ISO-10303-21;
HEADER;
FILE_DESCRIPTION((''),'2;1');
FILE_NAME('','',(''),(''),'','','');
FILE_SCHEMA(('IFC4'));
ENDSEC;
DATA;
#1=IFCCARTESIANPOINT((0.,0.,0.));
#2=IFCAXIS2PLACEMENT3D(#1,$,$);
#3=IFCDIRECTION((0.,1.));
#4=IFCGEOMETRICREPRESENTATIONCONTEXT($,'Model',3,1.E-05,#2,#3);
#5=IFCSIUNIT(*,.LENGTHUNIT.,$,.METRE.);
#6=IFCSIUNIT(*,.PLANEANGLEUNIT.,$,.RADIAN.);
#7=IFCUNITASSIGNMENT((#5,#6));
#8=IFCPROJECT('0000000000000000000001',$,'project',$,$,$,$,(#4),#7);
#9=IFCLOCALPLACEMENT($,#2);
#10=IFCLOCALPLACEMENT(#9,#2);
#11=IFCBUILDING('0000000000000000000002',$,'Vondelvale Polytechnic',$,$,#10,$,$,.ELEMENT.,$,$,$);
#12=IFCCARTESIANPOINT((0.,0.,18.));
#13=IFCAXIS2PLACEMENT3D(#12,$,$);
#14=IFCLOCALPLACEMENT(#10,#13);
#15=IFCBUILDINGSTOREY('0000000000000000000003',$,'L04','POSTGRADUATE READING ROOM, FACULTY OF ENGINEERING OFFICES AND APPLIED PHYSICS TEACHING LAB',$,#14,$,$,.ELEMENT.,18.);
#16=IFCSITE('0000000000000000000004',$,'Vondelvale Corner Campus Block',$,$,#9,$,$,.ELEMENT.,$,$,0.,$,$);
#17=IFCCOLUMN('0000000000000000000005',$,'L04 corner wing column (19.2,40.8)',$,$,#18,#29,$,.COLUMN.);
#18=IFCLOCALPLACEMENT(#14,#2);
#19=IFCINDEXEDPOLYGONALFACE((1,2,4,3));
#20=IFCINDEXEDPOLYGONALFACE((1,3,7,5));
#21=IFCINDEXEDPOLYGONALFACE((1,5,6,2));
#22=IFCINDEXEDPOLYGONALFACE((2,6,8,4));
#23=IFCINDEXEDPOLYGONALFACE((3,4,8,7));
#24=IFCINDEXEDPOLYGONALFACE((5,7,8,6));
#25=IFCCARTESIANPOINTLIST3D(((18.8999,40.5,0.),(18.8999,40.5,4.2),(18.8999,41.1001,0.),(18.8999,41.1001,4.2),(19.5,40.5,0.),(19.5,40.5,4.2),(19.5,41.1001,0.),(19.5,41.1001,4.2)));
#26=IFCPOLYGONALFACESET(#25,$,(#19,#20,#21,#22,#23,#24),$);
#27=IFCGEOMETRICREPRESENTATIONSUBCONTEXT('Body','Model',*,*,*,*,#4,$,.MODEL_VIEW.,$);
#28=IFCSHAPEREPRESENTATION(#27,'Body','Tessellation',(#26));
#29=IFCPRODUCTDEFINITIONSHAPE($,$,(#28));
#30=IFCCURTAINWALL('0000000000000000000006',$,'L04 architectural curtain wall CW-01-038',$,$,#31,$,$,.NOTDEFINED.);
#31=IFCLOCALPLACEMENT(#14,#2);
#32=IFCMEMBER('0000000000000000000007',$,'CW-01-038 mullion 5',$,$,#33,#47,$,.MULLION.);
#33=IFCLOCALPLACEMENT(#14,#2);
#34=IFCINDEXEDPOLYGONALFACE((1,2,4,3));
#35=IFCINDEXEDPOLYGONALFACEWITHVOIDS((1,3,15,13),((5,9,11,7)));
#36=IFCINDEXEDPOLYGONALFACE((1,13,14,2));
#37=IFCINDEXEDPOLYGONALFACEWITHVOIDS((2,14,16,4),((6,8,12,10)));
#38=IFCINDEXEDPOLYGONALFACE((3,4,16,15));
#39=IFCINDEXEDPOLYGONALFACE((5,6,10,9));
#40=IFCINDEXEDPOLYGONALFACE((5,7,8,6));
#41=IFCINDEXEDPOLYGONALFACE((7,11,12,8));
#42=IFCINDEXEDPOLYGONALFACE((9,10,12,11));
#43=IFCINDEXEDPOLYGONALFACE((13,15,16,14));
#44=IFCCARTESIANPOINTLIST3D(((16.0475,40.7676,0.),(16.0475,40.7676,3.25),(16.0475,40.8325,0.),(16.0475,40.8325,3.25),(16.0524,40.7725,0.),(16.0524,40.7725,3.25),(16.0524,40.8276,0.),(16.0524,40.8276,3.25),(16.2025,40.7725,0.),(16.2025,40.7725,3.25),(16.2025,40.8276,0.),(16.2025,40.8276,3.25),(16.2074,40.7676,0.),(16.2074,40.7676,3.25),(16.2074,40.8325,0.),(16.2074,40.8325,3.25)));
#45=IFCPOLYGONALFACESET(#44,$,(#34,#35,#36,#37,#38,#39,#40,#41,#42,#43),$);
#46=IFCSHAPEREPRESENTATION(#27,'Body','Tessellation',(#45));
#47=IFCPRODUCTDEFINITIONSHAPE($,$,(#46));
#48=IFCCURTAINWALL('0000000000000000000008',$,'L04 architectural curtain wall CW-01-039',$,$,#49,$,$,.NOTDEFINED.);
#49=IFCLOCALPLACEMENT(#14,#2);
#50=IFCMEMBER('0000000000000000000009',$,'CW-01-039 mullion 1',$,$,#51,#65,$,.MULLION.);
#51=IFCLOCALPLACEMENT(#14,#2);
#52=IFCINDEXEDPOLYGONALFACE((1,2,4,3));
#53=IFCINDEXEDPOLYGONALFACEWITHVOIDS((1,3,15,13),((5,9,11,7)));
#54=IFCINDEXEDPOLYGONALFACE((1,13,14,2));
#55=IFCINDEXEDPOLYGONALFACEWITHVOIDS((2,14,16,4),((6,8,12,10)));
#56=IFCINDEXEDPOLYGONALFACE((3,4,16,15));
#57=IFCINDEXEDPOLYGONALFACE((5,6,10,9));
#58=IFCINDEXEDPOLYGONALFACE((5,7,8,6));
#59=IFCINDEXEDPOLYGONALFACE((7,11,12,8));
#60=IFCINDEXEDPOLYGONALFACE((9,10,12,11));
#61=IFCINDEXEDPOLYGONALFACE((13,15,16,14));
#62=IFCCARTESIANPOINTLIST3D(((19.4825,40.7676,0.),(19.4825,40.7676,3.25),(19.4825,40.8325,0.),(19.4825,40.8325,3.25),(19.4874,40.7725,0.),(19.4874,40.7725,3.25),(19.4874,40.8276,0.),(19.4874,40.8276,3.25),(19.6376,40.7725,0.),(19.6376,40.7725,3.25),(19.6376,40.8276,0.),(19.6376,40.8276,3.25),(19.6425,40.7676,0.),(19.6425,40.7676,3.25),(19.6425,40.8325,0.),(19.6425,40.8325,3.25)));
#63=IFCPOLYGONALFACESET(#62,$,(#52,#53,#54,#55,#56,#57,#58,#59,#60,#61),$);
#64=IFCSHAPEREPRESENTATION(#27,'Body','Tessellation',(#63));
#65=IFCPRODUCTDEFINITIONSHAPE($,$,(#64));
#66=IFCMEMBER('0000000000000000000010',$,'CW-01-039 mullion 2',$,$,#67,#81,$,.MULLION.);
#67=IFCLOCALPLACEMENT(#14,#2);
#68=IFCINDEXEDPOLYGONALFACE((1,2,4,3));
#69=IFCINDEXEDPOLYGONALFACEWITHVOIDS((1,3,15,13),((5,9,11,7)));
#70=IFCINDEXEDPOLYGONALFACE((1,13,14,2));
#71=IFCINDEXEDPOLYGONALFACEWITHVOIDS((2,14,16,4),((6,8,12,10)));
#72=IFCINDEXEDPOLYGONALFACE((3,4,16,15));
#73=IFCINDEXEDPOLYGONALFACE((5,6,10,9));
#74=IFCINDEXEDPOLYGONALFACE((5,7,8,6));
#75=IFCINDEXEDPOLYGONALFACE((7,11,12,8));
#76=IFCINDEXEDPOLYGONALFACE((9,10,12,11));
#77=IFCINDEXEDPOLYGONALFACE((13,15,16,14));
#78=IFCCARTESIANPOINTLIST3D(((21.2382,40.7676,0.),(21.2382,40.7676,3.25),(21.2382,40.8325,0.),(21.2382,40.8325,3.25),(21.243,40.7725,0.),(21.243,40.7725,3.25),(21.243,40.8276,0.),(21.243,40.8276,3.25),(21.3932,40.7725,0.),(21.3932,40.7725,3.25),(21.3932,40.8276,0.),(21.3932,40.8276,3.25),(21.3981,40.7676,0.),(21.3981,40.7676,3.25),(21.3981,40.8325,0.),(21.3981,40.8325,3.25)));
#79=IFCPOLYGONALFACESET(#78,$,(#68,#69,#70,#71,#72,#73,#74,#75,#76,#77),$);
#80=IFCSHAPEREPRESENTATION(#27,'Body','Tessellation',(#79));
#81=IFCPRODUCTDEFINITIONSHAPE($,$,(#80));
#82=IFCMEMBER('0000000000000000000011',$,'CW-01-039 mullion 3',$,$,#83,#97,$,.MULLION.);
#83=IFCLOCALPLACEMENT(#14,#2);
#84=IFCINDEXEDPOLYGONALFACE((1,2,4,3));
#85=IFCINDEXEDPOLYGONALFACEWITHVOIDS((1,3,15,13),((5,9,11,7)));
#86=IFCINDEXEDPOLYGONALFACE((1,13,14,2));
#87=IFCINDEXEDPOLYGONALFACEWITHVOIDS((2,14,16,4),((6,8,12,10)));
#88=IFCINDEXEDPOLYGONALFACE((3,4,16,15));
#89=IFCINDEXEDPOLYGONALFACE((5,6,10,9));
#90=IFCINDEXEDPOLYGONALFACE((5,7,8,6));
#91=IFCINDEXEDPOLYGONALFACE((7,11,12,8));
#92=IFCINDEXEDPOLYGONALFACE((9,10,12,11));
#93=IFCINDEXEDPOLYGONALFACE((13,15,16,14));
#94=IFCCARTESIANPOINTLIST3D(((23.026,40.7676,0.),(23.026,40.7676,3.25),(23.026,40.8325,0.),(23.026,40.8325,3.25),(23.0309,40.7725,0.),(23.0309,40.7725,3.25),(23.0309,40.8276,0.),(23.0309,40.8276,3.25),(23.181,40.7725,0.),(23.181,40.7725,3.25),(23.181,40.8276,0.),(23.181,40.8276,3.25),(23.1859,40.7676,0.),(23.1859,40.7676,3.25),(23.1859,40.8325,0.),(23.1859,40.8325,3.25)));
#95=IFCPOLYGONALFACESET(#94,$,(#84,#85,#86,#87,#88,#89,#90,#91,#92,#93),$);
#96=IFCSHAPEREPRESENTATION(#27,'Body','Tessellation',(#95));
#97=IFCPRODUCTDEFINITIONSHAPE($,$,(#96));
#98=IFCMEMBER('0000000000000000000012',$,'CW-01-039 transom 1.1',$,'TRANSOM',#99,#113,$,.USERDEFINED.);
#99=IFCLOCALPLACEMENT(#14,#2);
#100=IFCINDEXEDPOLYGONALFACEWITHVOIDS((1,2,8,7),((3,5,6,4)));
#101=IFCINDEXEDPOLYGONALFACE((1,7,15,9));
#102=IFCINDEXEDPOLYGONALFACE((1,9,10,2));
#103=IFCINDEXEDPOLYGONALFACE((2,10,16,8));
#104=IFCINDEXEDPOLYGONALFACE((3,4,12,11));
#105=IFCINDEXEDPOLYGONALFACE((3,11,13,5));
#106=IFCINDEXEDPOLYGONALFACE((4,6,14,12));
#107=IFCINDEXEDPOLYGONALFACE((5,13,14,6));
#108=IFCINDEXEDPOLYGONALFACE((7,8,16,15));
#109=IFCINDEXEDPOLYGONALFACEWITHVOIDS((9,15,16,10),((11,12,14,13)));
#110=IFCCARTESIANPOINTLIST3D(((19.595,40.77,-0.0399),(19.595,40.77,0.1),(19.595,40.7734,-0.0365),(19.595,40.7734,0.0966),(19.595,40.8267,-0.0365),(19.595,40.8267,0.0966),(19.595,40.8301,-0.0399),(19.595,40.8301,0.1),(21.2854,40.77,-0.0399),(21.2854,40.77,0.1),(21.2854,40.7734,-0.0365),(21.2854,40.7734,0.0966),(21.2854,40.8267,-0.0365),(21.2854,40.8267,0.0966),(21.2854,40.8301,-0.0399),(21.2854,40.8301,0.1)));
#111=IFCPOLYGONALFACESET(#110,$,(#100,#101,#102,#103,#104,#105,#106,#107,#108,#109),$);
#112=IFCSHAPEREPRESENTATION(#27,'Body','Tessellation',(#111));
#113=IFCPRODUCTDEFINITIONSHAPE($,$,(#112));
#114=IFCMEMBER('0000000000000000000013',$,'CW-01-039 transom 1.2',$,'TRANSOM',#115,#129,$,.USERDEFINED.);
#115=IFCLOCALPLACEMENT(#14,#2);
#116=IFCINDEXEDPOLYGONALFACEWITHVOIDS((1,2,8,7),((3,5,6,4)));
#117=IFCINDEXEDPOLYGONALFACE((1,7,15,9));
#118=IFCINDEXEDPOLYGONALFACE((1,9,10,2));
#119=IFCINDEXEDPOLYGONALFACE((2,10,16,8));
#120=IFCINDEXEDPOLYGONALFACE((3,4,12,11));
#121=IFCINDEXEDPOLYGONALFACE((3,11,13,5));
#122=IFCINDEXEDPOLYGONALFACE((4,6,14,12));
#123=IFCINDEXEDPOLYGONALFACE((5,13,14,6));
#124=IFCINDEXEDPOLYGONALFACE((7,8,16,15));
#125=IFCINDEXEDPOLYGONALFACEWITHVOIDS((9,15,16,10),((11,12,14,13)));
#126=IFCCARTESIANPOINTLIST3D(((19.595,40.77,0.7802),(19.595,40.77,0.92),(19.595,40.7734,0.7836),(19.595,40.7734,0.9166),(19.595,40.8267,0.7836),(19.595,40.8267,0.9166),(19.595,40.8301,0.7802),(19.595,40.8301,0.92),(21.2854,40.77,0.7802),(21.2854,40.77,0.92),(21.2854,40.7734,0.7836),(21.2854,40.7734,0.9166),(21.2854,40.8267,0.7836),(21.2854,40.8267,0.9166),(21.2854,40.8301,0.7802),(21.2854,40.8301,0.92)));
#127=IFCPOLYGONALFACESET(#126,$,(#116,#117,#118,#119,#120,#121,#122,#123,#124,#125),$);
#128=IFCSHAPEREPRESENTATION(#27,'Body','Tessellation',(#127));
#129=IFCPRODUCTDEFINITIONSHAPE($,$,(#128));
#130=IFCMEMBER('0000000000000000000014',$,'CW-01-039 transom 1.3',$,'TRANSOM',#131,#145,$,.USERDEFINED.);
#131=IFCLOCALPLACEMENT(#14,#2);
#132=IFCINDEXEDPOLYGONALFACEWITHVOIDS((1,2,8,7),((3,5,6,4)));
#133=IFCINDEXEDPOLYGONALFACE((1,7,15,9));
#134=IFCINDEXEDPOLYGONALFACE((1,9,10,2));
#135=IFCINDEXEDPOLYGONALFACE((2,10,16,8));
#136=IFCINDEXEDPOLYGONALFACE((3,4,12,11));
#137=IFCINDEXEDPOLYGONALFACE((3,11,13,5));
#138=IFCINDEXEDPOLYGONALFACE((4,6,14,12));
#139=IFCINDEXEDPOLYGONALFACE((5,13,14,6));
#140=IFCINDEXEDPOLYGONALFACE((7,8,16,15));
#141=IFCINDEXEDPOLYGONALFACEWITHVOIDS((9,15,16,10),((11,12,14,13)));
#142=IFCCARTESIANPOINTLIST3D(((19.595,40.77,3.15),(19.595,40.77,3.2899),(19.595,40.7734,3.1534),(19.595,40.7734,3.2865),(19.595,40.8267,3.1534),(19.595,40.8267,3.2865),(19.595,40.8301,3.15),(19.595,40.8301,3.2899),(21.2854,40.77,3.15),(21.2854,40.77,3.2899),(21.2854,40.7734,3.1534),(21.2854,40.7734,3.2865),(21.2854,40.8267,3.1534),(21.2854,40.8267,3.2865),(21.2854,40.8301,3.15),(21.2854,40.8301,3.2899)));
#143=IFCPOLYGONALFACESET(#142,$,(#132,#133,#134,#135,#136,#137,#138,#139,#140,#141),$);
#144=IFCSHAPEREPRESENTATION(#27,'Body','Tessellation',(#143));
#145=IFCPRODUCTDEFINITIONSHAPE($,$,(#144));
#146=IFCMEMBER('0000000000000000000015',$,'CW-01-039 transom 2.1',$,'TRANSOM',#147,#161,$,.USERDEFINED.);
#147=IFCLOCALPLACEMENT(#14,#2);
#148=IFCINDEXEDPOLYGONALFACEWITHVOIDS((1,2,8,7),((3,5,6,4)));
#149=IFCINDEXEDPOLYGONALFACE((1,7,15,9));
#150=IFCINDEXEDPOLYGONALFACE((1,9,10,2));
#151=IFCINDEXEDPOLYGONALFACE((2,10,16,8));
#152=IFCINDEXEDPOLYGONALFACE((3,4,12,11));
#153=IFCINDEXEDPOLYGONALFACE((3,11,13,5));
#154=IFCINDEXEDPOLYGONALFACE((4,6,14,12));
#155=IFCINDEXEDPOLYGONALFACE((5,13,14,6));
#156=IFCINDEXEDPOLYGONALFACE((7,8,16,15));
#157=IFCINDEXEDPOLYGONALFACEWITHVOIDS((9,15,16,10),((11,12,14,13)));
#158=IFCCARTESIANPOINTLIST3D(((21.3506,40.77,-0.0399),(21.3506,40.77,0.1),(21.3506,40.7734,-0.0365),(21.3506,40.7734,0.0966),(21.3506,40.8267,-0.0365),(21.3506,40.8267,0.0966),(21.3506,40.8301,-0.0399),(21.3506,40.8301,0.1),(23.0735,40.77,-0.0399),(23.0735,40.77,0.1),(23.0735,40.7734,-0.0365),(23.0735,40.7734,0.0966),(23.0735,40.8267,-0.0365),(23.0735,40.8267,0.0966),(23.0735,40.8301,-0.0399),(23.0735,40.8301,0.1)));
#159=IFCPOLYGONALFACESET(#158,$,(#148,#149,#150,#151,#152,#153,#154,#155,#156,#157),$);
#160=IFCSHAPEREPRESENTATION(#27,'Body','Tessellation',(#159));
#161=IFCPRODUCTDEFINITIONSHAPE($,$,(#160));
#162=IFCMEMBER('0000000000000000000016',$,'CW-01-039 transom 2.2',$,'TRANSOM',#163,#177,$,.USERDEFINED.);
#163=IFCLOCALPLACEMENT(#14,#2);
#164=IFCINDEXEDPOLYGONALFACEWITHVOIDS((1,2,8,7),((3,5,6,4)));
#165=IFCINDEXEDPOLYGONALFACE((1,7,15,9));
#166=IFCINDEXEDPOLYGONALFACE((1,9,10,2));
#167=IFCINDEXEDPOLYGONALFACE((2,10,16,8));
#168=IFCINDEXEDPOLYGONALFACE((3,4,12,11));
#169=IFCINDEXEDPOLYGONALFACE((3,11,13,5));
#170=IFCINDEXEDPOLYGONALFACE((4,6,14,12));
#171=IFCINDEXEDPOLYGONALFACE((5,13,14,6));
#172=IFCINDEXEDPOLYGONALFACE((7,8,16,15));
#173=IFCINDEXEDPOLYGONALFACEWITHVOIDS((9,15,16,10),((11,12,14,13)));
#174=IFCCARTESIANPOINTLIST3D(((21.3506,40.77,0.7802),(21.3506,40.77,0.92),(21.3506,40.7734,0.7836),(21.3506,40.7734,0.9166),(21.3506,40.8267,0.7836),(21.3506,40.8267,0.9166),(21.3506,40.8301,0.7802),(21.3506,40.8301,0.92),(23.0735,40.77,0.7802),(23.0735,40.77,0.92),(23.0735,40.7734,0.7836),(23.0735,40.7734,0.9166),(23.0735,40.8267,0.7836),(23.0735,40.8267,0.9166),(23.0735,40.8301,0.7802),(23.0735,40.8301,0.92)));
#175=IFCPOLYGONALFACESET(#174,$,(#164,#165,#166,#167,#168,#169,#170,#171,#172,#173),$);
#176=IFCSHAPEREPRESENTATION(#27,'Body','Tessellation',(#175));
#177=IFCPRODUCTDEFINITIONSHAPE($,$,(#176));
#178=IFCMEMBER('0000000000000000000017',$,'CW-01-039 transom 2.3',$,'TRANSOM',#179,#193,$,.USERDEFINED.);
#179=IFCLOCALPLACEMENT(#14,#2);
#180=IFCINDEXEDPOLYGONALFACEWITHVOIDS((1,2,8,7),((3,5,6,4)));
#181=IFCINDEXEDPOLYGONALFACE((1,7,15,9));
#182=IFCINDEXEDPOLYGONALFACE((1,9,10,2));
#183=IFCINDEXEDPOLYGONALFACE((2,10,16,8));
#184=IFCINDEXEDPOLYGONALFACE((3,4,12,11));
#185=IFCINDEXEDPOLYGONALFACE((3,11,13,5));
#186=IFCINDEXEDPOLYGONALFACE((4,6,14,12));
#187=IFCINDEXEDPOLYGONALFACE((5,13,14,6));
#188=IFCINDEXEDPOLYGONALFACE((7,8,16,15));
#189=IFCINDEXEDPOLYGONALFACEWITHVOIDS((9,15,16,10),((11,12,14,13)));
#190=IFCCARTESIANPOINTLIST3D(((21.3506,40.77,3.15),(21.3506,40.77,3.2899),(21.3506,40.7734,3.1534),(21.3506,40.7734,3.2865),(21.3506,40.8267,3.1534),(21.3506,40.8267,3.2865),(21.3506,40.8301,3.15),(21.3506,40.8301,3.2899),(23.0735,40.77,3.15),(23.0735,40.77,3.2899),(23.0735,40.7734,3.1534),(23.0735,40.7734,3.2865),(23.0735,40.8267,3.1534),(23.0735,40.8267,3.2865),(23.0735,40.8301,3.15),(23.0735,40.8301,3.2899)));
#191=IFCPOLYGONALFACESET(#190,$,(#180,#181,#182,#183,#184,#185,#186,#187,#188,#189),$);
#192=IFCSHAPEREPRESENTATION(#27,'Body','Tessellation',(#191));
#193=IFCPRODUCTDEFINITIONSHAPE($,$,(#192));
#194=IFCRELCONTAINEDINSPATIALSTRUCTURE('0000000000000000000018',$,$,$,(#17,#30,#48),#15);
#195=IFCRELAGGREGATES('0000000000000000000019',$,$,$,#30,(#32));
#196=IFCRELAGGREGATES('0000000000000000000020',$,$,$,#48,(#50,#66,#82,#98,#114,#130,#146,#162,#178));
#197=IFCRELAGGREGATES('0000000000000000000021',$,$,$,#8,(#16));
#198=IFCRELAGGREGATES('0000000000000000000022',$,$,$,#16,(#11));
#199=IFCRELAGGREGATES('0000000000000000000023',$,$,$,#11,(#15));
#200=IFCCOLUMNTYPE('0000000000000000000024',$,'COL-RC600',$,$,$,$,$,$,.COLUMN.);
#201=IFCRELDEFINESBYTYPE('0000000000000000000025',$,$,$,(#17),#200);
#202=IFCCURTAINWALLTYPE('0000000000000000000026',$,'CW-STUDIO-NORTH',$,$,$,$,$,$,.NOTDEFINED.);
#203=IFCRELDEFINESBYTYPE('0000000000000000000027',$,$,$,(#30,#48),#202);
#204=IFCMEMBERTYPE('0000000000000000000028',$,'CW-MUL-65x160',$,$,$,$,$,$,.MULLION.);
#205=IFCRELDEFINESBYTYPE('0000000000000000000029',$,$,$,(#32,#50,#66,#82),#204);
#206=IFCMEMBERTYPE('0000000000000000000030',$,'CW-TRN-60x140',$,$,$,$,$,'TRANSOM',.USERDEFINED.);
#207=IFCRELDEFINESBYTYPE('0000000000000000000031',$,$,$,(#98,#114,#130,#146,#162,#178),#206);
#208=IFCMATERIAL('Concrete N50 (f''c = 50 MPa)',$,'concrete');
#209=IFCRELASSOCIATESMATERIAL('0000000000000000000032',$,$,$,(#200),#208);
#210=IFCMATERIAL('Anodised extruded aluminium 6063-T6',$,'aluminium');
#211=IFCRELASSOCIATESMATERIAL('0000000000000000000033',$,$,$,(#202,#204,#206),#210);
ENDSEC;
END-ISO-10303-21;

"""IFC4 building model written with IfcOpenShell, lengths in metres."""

from ifc_helpers import new_model, si_unit, direction, frame, origin, origin_2d, place, context, subcontext, project, spatial, rectangle, hollow_rectangle, extrude, material, material_profile, profile_set, type_object, element, aggregate, save


model = new_model("IFC4")

# Units and contexts
model_context = context("Model", 3, precision=1e-05, world=origin(), true_north=direction((0.0, 1.0)))
body_context = subcontext(model_context, "Body", "Model", "MODEL_VIEW")
ifc_project = project(units=[si_unit("LENGTHUNIT", "METRE"), si_unit("PLANEANGLEUNIT", "RADIAN")], contexts=[model_context])

# Site, building, storey
site_placement = place(None, origin())
site = spatial("IfcSite", under=ifc_project, at=site_placement, Name="Vondelvale Corner Campus Block", CompositionType="ELEMENT", RefElevation=0.0)
building_placement = place(site_placement, origin())
building = spatial("IfcBuilding", under=site, at=building_placement, Name="Vondelvale Polytechnic", CompositionType="ELEMENT")
storey_placement = place(building_placement, frame((0.0, 0.0, 18.0)))
storey = spatial("IfcBuildingStorey", under=building, at=storey_placement, Name="L04", Description="POSTGRADUATE READING ROOM, FACULTY OF ENGINEERING OFFICES AND APPLIED PHYSICS TEACHING LAB", CompositionType="ELEMENT", Elevation=18.0)

# Column
ifc_material_1 = material(Name="Concrete N50 (f'c = 50 MPa)", Category="concrete")
ifc_material_profile_1 = material_profile(ifc_material_1, rectangle(XDim=0.6001, YDim=0.6001, at=origin_2d()), Name="RC-COL-600x600")
ifc_profile_set_1 = profile_set([ifc_material_profile_1], Name="Concrete N50 (f'c = 50 MPa)")
column_type = type_object("IfcColumnType", Name="COL-RC600", PredefinedType="COLUMN", material=ifc_profile_set_1)
column_placement = place(storey_placement, frame((19.2, 40.8, 0.0), z_axis=(0.0, 0.0, 1.0), x_axis=(1.0, 0.0, 0.0)))
element("IfcColumn", 1, at=column_placement, inside=storey, type_object=column_type, Name="L04 corner wing column (19.2,40.8)", PredefinedType="COLUMN", context=body_context, shape_type="SweptSolid", body=[
    extrude(rectangle(XDim=0.6001, YDim=0.6001, at=origin_2d()), origin(), (0.0, 0.0, 1.0), 4.2),
])

# Curtain wall, member
ifc_material_2 = material(Name="Anodised extruded aluminium 6063-T6", Category="aluminium")
curtain_wall_type = type_object("IfcCurtainWallType", Name="CW-STUDIO-NORTH", PredefinedType="NOTDEFINED", material=ifc_material_2)
curtain_wall_1_placement = place(storey_placement, origin())
curtain_wall_1 = element("IfcCurtainWall", 2, at=curtain_wall_1_placement, inside=storey, type_object=curtain_wall_type, Name="L04 architectural curtain wall CW-01-038", PredefinedType="NOTDEFINED")
ifc_material_profile_2 = material_profile(ifc_material_2, hollow_rectangle(XDim=0.0649, YDim=0.1599, WallThickness=0.0049, at=origin_2d()), Name="CW-MUL-160x65")
ifc_profile_set_2 = profile_set([ifc_material_profile_2], Name="Anodised extruded aluminium 6063-T6")
member_type_1 = type_object("IfcMemberType", Name="CW-MUL-65x160", PredefinedType="MULLION", material=ifc_profile_set_2)
member_1_placement = place(storey_placement, frame((16.1274, 40.8, 0.0), z_axis=(0.0, 0.0, 1.0), x_axis=(0.0, 1.0, 0.0)))
member_1 = element("IfcMember", 3, at=member_1_placement, type_object=member_type_1, Name="CW-01-038 mullion 5", PredefinedType="MULLION", context=body_context, shape_type="SweptSolid", body=[
    extrude(hollow_rectangle(XDim=0.0649, YDim=0.1599, WallThickness=0.0049, at=origin_2d()), origin(), (0.0, 0.0, 1.0), 3.25),
])

# Curtain wall, members
curtain_wall_2_placement = place(storey_placement, origin())
curtain_wall_2 = element("IfcCurtainWall", 4, at=curtain_wall_2_placement, inside=storey, type_object=curtain_wall_type, Name="L04 architectural curtain wall CW-01-039", PredefinedType="NOTDEFINED")
member_2_placement = place(storey_placement, frame((19.5625, 40.8, 0.0), z_axis=(0.0, 0.0, 1.0), x_axis=(0.0, 1.0, 0.0)))
member_2 = element("IfcMember", 5, at=member_2_placement, type_object=member_type_1, Name="CW-01-039 mullion 1", PredefinedType="MULLION", context=body_context, shape_type="SweptSolid", body=[
    extrude(hollow_rectangle(XDim=0.0649, YDim=0.1599, WallThickness=0.0049, at=origin_2d()), origin(), (0.0, 0.0, 1.0), 3.25),
])
member_3_placement = place(storey_placement, frame((21.3181, 40.8, 0.0), z_axis=(0.0, 0.0, 1.0), x_axis=(0.0, 1.0, 0.0)))
member_3 = element("IfcMember", 6, at=member_3_placement, type_object=member_type_1, Name="CW-01-039 mullion 2", PredefinedType="MULLION", context=body_context, shape_type="SweptSolid", body=[
    extrude(hollow_rectangle(XDim=0.0649, YDim=0.1599, WallThickness=0.0049, at=origin_2d()), origin(), (0.0, 0.0, 1.0), 3.25),
])
member_4_placement = place(storey_placement, frame((23.106, 40.8, 0.0), z_axis=(0.0, 0.0, 1.0), x_axis=(0.0, 1.0, 0.0)))
member_4 = element("IfcMember", 7, at=member_4_placement, type_object=member_type_1, Name="CW-01-039 mullion 3", PredefinedType="MULLION", context=body_context, shape_type="SweptSolid", body=[
    extrude(hollow_rectangle(XDim=0.0649, YDim=0.1599, WallThickness=0.0049, at=origin_2d()), origin(), (0.0, 0.0, 1.0), 3.25),
])
ifc_material_profile_3 = material_profile(ifc_material_2, hollow_rectangle(XDim=0.0601, YDim=0.1399, WallThickness=0.0034, at=origin_2d()), Name="CW-TRN-140x60")
ifc_profile_set_3 = profile_set([ifc_material_profile_3], Name="Anodised extruded aluminium 6063-T6")
member_type_2 = type_object("IfcMemberType", Name="CW-TRN-60x140", ElementType="TRANSOM", PredefinedType="USERDEFINED", material=ifc_profile_set_3)
member_5_placement = place(storey_placement, frame((19.595, 40.8, 0.03), z_axis=(1.0, 0.0, 0.0), x_axis=(0.0, 1.0, 0.0)))
member_5 = element("IfcMember", 8, at=member_5_placement, type_object=member_type_2, Name="CW-01-039 transom 1.1", ObjectType="TRANSOM", PredefinedType="USERDEFINED", context=body_context, shape_type="SweptSolid", body=[
    extrude(hollow_rectangle(XDim=0.0601, YDim=0.1399, WallThickness=0.0034, at=origin_2d()), origin(), (0.0, 0.0, 1.0), 1.6904),
])
member_6_placement = place(storey_placement, frame((19.595, 40.8, 0.8501), z_axis=(1.0, 0.0, 0.0), x_axis=(0.0, 1.0, 0.0)))
member_6 = element("IfcMember", 9, at=member_6_placement, type_object=member_type_2, Name="CW-01-039 transom 1.2", ObjectType="TRANSOM", PredefinedType="USERDEFINED", context=body_context, shape_type="SweptSolid", body=[
    extrude(hollow_rectangle(XDim=0.0601, YDim=0.1399, WallThickness=0.0034, at=origin_2d()), origin(), (0.0, 0.0, 1.0), 1.6904),
])
member_7_placement = place(storey_placement, frame((19.595, 40.8, 3.22), z_axis=(1.0, 0.0, 0.0), x_axis=(0.0, 1.0, 0.0)))
member_7 = element("IfcMember", 10, at=member_7_placement, type_object=member_type_2, Name="CW-01-039 transom 1.3", ObjectType="TRANSOM", PredefinedType="USERDEFINED", context=body_context, shape_type="SweptSolid", body=[
    extrude(hollow_rectangle(XDim=0.0601, YDim=0.1399, WallThickness=0.0034, at=origin_2d()), origin(), (0.0, 0.0, 1.0), 1.6904),
])
member_8_placement = place(storey_placement, frame((21.3506, 40.8, 0.03), z_axis=(1.0, 0.0, 0.0), x_axis=(0.0, 1.0, 0.0)))
member_8 = element("IfcMember", 11, at=member_8_placement, type_object=member_type_2, Name="CW-01-039 transom 2.1", ObjectType="TRANSOM", PredefinedType="USERDEFINED", context=body_context, shape_type="SweptSolid", body=[
    extrude(hollow_rectangle(XDim=0.0601, YDim=0.1399, WallThickness=0.0034, at=origin_2d()), origin(), (0.0, 0.0, 1.0), 1.7229),
])
member_9_placement = place(storey_placement, frame((21.3506, 40.8, 0.8501), z_axis=(1.0, 0.0, 0.0), x_axis=(0.0, 1.0, 0.0)))
member_9 = element("IfcMember", 12, at=member_9_placement, type_object=member_type_2, Name="CW-01-039 transom 2.2", ObjectType="TRANSOM", PredefinedType="USERDEFINED", context=body_context, shape_type="SweptSolid", body=[
    extrude(hollow_rectangle(XDim=0.0601, YDim=0.1399, WallThickness=0.0034, at=origin_2d()), origin(), (0.0, 0.0, 1.0), 1.7229),
])
member_10_placement = place(storey_placement, frame((21.3506, 40.8, 3.22), z_axis=(1.0, 0.0, 0.0), x_axis=(0.0, 1.0, 0.0)))
member_10 = element("IfcMember", 13, at=member_10_placement, type_object=member_type_2, Name="CW-01-039 transom 2.3", ObjectType="TRANSOM", PredefinedType="USERDEFINED", context=body_context, shape_type="SweptSolid", body=[
    extrude(hollow_rectangle(XDim=0.0601, YDim=0.1399, WallThickness=0.0034, at=origin_2d()), origin(), (0.0, 0.0, 1.0), 1.7229),
])

aggregate(curtain_wall_1, [member_1])
aggregate(curtain_wall_2, [member_2, member_3, member_4, member_5, member_6, member_7, member_8, member_9, member_10])

save(model, "model.ifc")
